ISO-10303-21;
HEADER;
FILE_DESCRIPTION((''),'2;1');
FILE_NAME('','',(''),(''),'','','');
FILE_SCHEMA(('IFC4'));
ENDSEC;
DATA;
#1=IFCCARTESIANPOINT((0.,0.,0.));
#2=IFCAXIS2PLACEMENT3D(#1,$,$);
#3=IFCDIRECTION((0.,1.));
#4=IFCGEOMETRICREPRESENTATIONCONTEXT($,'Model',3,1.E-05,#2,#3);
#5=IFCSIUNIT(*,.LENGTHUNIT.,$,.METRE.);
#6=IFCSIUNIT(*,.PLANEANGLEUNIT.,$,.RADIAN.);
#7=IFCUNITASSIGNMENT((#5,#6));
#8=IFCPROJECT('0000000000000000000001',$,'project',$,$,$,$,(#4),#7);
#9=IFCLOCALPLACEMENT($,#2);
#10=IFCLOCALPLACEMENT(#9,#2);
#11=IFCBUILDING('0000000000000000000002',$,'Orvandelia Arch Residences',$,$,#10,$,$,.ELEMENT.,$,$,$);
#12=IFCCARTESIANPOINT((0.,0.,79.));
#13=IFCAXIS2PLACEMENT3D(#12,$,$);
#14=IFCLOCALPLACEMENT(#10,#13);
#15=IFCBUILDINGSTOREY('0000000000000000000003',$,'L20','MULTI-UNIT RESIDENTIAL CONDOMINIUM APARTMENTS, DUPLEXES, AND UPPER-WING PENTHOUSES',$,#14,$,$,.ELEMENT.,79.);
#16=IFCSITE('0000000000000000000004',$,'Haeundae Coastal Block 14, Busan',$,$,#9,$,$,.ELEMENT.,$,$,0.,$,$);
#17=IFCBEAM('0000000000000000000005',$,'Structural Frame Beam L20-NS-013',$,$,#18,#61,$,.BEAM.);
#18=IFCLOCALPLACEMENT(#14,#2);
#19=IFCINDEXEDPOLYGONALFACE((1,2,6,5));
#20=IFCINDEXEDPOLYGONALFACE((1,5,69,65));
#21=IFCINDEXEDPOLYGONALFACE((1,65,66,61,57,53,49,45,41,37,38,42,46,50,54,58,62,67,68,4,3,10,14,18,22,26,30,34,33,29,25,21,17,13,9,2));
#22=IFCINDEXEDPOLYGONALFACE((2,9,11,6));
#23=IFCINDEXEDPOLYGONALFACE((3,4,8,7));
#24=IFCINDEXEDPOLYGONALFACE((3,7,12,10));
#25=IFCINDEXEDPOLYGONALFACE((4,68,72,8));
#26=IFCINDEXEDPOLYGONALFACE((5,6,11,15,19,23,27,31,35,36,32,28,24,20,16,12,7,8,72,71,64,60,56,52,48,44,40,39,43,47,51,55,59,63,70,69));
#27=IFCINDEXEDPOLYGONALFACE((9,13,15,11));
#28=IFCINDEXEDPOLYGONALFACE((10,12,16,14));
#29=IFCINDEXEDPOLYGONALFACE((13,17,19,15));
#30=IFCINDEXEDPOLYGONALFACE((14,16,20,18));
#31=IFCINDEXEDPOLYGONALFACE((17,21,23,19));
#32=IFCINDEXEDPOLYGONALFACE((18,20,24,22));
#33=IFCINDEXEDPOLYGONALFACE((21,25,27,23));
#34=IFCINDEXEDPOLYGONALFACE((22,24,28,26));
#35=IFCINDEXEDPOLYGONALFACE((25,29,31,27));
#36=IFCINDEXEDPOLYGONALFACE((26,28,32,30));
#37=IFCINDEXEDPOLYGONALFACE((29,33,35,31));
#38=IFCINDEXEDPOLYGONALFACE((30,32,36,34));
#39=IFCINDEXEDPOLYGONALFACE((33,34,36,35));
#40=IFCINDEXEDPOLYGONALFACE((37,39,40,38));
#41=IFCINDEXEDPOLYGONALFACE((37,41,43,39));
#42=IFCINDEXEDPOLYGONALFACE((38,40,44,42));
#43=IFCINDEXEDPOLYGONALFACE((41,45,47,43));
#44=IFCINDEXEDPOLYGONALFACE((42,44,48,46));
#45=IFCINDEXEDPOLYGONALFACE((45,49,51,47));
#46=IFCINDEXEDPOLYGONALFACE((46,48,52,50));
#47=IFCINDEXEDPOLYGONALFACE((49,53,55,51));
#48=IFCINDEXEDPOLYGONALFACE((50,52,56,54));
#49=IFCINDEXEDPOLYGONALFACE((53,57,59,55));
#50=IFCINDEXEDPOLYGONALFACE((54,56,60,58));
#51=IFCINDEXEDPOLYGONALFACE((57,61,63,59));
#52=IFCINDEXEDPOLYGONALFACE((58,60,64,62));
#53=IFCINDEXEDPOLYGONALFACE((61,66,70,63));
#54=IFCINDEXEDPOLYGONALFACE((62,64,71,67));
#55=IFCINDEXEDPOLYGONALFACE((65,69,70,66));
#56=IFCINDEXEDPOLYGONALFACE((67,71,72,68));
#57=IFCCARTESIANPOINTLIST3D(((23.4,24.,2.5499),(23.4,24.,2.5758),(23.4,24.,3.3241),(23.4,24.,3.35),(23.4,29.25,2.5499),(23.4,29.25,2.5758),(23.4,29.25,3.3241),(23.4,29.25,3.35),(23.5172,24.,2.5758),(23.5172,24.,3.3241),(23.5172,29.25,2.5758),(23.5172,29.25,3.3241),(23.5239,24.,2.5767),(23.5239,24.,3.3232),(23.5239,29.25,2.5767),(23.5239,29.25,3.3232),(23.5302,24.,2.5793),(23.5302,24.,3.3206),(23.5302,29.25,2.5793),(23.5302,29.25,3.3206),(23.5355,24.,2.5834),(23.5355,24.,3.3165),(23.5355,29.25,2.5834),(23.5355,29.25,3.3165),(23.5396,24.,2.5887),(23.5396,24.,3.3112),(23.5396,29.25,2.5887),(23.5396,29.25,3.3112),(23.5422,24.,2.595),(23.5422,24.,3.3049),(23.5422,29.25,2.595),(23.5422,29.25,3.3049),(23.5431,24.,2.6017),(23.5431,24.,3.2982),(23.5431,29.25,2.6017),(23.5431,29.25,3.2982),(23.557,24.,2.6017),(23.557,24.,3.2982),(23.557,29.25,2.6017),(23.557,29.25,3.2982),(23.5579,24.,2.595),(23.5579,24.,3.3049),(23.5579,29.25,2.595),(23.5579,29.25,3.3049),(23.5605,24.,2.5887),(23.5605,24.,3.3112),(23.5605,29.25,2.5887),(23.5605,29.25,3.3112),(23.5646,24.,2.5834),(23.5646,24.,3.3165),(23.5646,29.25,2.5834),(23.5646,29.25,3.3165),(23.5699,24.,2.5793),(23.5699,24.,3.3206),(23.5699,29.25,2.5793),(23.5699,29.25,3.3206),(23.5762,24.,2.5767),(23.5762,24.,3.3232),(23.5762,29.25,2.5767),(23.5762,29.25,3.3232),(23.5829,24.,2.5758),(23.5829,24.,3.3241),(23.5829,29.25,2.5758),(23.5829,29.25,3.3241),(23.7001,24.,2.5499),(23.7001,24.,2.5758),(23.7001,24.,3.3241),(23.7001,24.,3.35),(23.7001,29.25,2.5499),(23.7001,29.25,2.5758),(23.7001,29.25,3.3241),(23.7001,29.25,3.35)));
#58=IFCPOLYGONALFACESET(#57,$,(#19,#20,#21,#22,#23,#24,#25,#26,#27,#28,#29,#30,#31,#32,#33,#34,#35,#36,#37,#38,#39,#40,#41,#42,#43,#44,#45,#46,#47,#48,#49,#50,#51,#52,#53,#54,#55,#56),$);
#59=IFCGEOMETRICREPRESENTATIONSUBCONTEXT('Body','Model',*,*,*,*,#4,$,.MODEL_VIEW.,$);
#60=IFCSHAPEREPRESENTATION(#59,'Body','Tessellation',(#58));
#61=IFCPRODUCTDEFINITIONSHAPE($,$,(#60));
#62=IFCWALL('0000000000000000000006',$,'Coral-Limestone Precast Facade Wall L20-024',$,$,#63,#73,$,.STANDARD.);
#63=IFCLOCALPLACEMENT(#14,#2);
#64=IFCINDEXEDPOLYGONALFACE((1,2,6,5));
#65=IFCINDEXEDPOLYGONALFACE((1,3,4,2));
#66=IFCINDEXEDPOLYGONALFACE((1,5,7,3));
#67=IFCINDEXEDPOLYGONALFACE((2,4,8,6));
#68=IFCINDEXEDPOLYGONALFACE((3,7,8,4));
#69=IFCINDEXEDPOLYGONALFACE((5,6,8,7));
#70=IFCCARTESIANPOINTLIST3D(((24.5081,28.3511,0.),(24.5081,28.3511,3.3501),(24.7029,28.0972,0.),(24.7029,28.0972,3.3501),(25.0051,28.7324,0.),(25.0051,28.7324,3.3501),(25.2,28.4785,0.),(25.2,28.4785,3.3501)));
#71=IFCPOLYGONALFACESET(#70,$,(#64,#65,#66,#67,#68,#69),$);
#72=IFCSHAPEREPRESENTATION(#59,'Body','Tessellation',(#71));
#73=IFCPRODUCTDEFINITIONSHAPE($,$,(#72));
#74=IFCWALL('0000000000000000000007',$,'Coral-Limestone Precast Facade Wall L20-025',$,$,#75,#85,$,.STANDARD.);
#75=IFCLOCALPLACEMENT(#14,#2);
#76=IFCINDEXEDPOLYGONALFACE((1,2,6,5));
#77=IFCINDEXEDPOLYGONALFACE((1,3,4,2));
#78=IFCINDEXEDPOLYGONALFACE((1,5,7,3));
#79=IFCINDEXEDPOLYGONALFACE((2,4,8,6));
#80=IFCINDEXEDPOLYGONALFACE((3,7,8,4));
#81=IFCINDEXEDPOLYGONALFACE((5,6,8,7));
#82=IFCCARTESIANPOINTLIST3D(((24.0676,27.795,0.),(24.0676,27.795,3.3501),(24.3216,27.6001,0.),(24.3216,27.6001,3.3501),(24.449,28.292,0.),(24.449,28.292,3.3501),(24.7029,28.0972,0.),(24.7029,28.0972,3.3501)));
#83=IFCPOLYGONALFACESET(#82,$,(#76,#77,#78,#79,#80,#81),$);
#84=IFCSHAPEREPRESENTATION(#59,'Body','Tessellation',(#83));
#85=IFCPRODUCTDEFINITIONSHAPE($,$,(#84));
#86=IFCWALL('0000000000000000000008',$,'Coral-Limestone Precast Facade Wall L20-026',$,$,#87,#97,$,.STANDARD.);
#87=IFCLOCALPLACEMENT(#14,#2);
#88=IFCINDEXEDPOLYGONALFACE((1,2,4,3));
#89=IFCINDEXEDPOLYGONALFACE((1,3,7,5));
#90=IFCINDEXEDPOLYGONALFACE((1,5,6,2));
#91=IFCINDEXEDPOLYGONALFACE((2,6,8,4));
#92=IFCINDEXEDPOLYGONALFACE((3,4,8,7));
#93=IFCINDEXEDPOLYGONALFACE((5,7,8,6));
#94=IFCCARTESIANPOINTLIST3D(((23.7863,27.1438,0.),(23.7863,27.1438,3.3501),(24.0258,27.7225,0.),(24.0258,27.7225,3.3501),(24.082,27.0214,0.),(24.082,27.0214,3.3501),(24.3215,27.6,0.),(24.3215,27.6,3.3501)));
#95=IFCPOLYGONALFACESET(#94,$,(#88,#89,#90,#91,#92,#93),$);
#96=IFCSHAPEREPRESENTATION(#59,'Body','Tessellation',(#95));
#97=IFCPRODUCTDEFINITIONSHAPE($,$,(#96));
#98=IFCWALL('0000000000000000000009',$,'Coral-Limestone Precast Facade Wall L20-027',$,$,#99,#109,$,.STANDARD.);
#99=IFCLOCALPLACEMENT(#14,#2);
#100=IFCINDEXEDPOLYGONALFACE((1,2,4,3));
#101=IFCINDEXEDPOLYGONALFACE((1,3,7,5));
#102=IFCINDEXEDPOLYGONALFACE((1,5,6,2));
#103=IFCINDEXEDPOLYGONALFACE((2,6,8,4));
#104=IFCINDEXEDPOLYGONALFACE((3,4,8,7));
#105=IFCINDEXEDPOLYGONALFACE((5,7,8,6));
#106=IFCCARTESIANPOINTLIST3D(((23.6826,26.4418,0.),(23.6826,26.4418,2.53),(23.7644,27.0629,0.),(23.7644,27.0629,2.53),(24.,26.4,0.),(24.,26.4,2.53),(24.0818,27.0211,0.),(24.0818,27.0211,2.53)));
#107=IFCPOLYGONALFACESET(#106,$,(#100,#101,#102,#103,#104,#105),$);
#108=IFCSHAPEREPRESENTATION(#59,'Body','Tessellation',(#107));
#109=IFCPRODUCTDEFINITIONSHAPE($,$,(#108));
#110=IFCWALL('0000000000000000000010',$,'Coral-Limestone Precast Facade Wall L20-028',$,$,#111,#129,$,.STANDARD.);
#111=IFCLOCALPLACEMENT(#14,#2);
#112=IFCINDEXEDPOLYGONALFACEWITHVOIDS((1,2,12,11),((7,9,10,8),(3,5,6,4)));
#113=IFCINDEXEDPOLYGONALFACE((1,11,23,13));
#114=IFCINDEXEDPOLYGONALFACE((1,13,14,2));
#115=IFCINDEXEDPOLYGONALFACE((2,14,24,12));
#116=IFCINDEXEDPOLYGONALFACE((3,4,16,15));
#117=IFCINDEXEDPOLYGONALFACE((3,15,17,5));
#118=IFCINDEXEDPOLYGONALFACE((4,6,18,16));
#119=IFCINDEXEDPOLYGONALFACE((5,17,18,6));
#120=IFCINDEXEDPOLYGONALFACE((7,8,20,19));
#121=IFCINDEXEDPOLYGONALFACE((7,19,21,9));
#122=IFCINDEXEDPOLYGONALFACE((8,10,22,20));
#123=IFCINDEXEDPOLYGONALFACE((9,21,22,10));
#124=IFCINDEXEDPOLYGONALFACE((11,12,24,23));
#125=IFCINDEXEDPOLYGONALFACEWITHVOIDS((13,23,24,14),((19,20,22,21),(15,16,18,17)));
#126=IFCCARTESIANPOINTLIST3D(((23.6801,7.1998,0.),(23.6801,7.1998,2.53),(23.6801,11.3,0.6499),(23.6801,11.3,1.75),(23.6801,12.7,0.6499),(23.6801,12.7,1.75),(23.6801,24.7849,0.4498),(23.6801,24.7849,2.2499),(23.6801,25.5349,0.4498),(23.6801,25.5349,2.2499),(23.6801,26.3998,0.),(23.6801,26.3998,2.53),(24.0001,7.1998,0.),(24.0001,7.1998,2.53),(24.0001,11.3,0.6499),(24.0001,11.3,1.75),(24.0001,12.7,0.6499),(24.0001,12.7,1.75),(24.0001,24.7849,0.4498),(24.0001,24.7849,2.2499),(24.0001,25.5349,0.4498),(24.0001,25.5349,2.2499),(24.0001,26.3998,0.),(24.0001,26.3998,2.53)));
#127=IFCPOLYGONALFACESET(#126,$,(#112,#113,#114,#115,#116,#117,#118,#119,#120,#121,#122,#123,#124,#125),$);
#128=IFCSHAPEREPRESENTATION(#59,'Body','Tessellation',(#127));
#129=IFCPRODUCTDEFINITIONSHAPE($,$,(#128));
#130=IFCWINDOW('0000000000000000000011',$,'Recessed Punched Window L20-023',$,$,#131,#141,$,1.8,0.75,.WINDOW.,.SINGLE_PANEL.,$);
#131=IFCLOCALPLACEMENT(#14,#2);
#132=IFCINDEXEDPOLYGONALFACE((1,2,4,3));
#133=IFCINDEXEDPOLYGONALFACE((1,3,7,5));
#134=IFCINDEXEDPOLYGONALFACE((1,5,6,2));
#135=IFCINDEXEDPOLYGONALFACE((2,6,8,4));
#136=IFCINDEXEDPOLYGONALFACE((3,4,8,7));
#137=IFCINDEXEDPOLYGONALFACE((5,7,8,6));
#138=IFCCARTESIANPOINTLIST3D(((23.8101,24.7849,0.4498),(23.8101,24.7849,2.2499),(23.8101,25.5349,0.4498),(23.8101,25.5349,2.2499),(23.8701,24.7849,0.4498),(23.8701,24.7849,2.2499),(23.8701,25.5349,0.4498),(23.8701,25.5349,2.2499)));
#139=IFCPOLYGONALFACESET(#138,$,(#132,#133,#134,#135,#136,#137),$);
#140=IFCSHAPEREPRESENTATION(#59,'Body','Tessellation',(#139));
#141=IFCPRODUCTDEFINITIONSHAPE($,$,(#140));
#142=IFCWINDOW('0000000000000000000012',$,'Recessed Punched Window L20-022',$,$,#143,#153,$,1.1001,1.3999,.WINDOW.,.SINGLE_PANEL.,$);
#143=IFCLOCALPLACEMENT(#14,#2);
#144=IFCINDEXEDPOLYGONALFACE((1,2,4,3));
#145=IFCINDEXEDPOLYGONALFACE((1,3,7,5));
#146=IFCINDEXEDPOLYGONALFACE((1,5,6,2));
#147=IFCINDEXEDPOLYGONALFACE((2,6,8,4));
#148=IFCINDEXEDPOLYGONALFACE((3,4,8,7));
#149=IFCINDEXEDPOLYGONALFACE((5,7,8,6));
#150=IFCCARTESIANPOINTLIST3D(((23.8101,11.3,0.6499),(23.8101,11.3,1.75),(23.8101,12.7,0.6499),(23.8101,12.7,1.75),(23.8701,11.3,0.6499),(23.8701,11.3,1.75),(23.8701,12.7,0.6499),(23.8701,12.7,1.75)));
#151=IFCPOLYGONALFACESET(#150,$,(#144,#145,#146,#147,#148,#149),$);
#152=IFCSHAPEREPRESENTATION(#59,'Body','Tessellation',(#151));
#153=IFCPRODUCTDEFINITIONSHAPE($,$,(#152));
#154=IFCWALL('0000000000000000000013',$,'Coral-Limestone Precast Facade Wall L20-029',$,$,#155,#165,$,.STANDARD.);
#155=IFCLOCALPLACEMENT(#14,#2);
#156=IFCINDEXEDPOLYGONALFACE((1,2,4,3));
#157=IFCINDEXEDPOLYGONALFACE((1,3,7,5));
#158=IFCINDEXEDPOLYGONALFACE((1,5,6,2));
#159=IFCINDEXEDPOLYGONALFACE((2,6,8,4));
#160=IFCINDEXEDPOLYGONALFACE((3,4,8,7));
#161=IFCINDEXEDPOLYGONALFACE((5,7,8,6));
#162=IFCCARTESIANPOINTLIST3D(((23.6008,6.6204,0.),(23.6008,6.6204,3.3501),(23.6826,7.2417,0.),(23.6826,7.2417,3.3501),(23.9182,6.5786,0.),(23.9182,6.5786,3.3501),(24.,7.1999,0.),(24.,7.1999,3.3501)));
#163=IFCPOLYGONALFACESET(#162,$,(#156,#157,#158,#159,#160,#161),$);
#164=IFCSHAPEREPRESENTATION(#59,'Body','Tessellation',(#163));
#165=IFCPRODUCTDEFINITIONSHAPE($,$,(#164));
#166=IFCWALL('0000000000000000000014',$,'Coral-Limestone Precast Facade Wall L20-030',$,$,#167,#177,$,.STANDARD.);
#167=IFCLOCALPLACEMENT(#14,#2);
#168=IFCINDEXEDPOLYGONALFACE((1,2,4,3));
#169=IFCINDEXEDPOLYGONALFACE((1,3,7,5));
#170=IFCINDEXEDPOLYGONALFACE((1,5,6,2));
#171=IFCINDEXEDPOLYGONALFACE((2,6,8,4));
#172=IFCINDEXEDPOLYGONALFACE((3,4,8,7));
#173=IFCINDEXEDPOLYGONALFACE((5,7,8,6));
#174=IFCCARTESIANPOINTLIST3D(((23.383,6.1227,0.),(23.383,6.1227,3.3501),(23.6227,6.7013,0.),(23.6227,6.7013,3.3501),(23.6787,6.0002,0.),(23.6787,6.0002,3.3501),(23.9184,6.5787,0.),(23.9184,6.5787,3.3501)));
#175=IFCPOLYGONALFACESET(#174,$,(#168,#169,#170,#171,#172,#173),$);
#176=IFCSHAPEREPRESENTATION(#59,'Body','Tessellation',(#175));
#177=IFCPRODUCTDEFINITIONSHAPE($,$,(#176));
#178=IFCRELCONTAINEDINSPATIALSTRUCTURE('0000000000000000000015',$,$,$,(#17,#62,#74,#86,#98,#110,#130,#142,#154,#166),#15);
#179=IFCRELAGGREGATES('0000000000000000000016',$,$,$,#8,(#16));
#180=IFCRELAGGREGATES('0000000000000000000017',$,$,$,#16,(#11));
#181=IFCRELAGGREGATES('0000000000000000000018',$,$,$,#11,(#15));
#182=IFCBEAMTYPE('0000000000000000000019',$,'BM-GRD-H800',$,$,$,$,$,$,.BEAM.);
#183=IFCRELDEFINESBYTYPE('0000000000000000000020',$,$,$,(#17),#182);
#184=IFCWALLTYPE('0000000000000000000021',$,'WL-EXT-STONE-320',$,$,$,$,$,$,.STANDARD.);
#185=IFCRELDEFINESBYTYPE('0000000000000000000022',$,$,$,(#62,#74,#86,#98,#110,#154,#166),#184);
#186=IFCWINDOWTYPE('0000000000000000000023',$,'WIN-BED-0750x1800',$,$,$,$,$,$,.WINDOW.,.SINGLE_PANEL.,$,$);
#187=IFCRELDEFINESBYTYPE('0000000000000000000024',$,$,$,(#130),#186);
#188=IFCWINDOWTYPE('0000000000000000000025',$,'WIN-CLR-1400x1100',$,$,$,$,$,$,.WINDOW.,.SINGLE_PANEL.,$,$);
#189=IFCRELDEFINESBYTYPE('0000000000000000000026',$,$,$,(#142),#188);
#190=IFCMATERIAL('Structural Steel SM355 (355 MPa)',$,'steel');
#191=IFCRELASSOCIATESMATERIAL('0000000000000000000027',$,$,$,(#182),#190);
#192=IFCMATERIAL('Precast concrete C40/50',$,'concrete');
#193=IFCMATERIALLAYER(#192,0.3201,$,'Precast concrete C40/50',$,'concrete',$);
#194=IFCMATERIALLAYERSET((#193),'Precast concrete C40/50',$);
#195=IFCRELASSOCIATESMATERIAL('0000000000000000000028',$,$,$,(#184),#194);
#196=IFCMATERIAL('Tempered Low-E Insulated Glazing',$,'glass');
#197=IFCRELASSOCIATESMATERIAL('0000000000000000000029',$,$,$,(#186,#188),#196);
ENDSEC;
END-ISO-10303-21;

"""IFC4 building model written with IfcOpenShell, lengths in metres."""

from ifc_helpers import new_model, si_unit, direction, frame, frame_2d, origin, origin_2d, place, context, subcontext, project, spatial, rectangle, i_section, extrude, material, layer, layer_set, material_profile, profile_set, type_object, element, fill, save


model = new_model("IFC4")

# Units and contexts
model_context = context("Model", 3, precision=1e-05, world=origin(), true_north=direction((0.0, 1.0)))
body_context = subcontext(model_context, "Body", "Model", "MODEL_VIEW")
ifc_project = project(units=[si_unit("LENGTHUNIT", "METRE"), si_unit("PLANEANGLEUNIT", "RADIAN")], contexts=[model_context])

# Site, building, storey
site_placement = place(None, origin())
site = spatial("IfcSite", under=ifc_project, at=site_placement, Name="Haeundae Coastal Block 14, Busan", CompositionType="ELEMENT", RefElevation=0.0)
building_placement = place(site_placement, origin())
building = spatial("IfcBuilding", under=site, at=building_placement, Name="Orvandelia Arch Residences", CompositionType="ELEMENT")
storey_placement = place(building_placement, frame((0.0, 0.0, 79.0)))
storey = spatial("IfcBuildingStorey", under=building, at=storey_placement, Name="L20", Description="MULTI-UNIT RESIDENTIAL CONDOMINIUM APARTMENTS, DUPLEXES, AND UPPER-WING PENTHOUSES", CompositionType="ELEMENT", Elevation=79.0)

# Beam
ifc_material_1 = material(Name="Structural Steel SM355 (355 MPa)", Category="steel")
ifc_material_profile_1 = material_profile(ifc_material_1, i_section(OverallWidth=0.3, OverallDepth=0.8, WebThickness=0.0139, FlangeThickness=0.0259, FilletRadius=0.0259, at=origin_2d()), Name="Structural Steel SM355 (355 MPa)", Category="steel")
ifc_profile_set_1 = profile_set([ifc_material_profile_1], Name="Structural Steel SM355 (355 MPa)")
beam_type = type_object("IfcBeamType", Name="BM-GRD-H800", PredefinedType="BEAM", material=ifc_profile_set_1)
beam_1_placement = place(storey_placement, frame((23.55, 24.0, 2.95), z_axis=(0.0, 1.0, 0.0), x_axis=(-1.0, 0.0, 0.0)))
element("IfcBeam", 1, at=beam_1_placement, inside=storey, type_object=beam_type, Name="Structural Frame Beam L20-NS-013", PredefinedType="BEAM", context=body_context, shape_type="SweptSolid", body=[
    extrude(i_section(OverallWidth=0.3, OverallDepth=0.8, WebThickness=0.0139, FlangeThickness=0.0259, FilletRadius=0.0259, at=origin_2d()), origin(), (0.0, 0.0, 1.0), 5.25),
])

# Walls
ifc_material_2 = material(Name="Precast concrete C40/50", Category="concrete")
ifc_layer = layer(ifc_material_2, 0.3201, Name="Precast concrete C40/50", Category="concrete")
ifc_layer_set = layer_set([ifc_layer], Name="Precast concrete C40/50")
wall_type = type_object("IfcWallType", Name="WL-EXT-STONE-320", PredefinedType="STANDARD", material=ifc_layer_set)
for number, where, z_axis, x_axis, name in (
    (2, (25.1025, 28.6055, 0.0), (0.0, 0.0, 1.0), (-0.793406, -0.608693, 0.0), "Coral-Limestone Precast Facade Wall L20-024"),
    (3, (24.5759, 28.1946, 0.0), (0.0, 0.0, 1.0), (-0.608693, -0.793406, 0.0), "Coral-Limestone Precast Facade Wall L20-025"),
):
    element("IfcWall", number, at=place(storey_placement, frame(where, z_axis=z_axis, x_axis=x_axis)), inside=storey, type_object=wall_type, Name=name, PredefinedType="STANDARD", context=body_context, shape_type="SweptSolid", body=[
        extrude(rectangle(XDim=0.6265, YDim=0.3201, at=frame_2d((0.3132, 0.0))), origin(), (0.0, 0.0, 1.0), 3.3501),
    ])
wall_1_placement = place(storey_placement, frame((24.1736, 27.6611, 0.0), z_axis=(0.0, 0.0, 1.0), x_axis=(-0.382455, -0.923974, 0.0)))
element("IfcWall", 4, at=wall_1_placement, inside=storey, type_object=wall_type, Name="Coral-Limestone Precast Facade Wall L20-026", PredefinedType="STANDARD", context=body_context, shape_type="SweptSolid", body=[
    extrude(rectangle(XDim=0.6262, YDim=0.3201, at=frame_2d((0.313, 0.0))), origin(), (0.0, 0.0, 1.0), 3.3501),
])
wall_2_placement = place(storey_placement, frame((23.9231, 27.042, 0.0), z_axis=(0.0, 0.0, 1.0), x_axis=(-0.130555, -0.991441, 0.0)))
element("IfcWall", 5, at=wall_2_placement, inside=storey, type_object=wall_type, Name="Coral-Limestone Precast Facade Wall L20-027", PredefinedType="STANDARD", context=body_context, shape_type="SweptSolid", body=[
    extrude(rectangle(XDim=0.6265, YDim=0.3201, at=frame_2d((0.3132, 0.0))), origin(), (0.0, 0.0, 1.0), 2.53),
])

# Wall, openings, windows
wall_3_placement = place(storey_placement, frame((23.8401, 26.3999, 0.0), z_axis=(0.0, 0.0, 1.0), x_axis=(0.0, -1.0, 0.0)))
wall_3 = element("IfcWall", 6, at=wall_3_placement, inside=storey, type_object=wall_type, Name="Coral-Limestone Precast Facade Wall L20-028", PredefinedType="STANDARD", context=body_context, shape_type="SweptSolid", body=[
    extrude(rectangle(XDim=19.2, YDim=0.3201, at=frame_2d((9.6001, 0.0))), origin(), (0.0, 0.0, 1.0), 2.53),
])
opening_1_placement = place(wall_3_placement, frame((13.7, 0.0, 0.6499)))
opening_1 = element("IfcOpeningElement", 7, at=opening_1_placement, cuts=wall_3, PredefinedType="OPENING", context=body_context, shape_type="SweptSolid", body=[
    extrude(rectangle(XDim=1.3999, YDim=1.1001, at=frame_2d((0.7, 0.55))), frame((0.0, 0.1699, 0.0), z_axis=(0.0, -1.0, 0.0), x_axis=(1.0, 0.0, 0.0)), (0.0, 0.0, 1.0), 0.3401),
])
opening_2_placement = place(wall_3_placement, frame((0.865, 0.0, 0.45)))
opening_2 = element("IfcOpeningElement", 8, at=opening_2_placement, cuts=wall_3, PredefinedType="OPENING", context=body_context, shape_type="SweptSolid", body=[
    extrude(rectangle(XDim=0.75, YDim=1.8, at=frame_2d((0.375, 0.8999))), frame((0.0, 0.1699, 0.0), z_axis=(0.0, -1.0, 0.0), x_axis=(1.0, 0.0, 0.0)), (0.0, 0.0, 1.0), 0.3401),
])
ifc_material_3 = material(Name="Tempered Low-E Insulated Glazing", Category="glass")
window_type_1 = type_object("IfcWindowType", Name="WIN-BED-0750x1800", PartitioningType="SINGLE_PANEL", PredefinedType="WINDOW", material=ifc_material_3)
window_1_placement = place(opening_2_placement, origin())
window_1 = element("IfcWindow", 9, at=window_1_placement, inside=storey, type_object=window_type_1, Name="Recessed Punched Window L20-023", OverallHeight=1.8, OverallWidth=0.75, PartitioningType="SINGLE_PANEL", PredefinedType="WINDOW", context=body_context, shape_type="SweptSolid", body=[
    extrude(rectangle(XDim=0.75, YDim=1.8, at=frame_2d((0.375, 0.8999))), frame((0.0, 0.03, 0.0), z_axis=(0.0, -1.0, 0.0), x_axis=(1.0, 0.0, 0.0)), (0.0, 0.0, 1.0), 0.0601),
])
fill(opening_2, window_1)
window_type_2 = type_object("IfcWindowType", Name="WIN-CLR-1400x1100", PartitioningType="SINGLE_PANEL", PredefinedType="WINDOW", material=ifc_material_3)
window_2_placement = place(opening_1_placement, origin())
window_2 = element("IfcWindow", 10, at=window_2_placement, inside=storey, type_object=window_type_2, Name="Recessed Punched Window L20-022", OverallHeight=1.1001, OverallWidth=1.3999, PartitioningType="SINGLE_PANEL", PredefinedType="WINDOW", context=body_context, shape_type="SweptSolid", body=[
    extrude(rectangle(XDim=1.3999, YDim=1.1001, at=frame_2d((0.7, 0.55))), frame((0.0, 0.03, 0.0), z_axis=(0.0, -1.0, 0.0), x_axis=(1.0, 0.0, 0.0)), (0.0, 0.0, 1.0), 0.0601),
])
fill(opening_1, window_2)

# Walls
wall_4_placement = place(storey_placement, frame((23.8413, 7.2209, 0.0), z_axis=(0.0, 0.0, 1.0), x_axis=(-0.130505, -0.991448, 0.0)))
element("IfcWall", 11, at=wall_4_placement, inside=storey, type_object=wall_type, Name="Coral-Limestone Precast Facade Wall L20-029", PredefinedType="STANDARD", context=body_context, shape_type="SweptSolid", body=[
    extrude(rectangle(XDim=0.6267, YDim=0.3201, at=frame_2d((0.3135, 0.0))), origin(), (0.0, 0.0, 1.0), 3.3501),
])
wall_5_placement = place(storey_placement, frame((23.7705, 6.6399, 0.0), z_axis=(0.0, 0.0, 1.0), x_axis=(-0.382788, -0.923836, 0.0)))
element("IfcWall", 12, at=wall_5_placement, inside=storey, type_object=wall_type, Name="Coral-Limestone Precast Facade Wall L20-030", PredefinedType="STANDARD", context=body_context, shape_type="SweptSolid", body=[
    extrude(rectangle(XDim=0.6262, YDim=0.3201, at=frame_2d((0.313, 0.0))), origin(), (0.0, 0.0, 1.0), 3.3501),
])

save(model, "model.ifc")
